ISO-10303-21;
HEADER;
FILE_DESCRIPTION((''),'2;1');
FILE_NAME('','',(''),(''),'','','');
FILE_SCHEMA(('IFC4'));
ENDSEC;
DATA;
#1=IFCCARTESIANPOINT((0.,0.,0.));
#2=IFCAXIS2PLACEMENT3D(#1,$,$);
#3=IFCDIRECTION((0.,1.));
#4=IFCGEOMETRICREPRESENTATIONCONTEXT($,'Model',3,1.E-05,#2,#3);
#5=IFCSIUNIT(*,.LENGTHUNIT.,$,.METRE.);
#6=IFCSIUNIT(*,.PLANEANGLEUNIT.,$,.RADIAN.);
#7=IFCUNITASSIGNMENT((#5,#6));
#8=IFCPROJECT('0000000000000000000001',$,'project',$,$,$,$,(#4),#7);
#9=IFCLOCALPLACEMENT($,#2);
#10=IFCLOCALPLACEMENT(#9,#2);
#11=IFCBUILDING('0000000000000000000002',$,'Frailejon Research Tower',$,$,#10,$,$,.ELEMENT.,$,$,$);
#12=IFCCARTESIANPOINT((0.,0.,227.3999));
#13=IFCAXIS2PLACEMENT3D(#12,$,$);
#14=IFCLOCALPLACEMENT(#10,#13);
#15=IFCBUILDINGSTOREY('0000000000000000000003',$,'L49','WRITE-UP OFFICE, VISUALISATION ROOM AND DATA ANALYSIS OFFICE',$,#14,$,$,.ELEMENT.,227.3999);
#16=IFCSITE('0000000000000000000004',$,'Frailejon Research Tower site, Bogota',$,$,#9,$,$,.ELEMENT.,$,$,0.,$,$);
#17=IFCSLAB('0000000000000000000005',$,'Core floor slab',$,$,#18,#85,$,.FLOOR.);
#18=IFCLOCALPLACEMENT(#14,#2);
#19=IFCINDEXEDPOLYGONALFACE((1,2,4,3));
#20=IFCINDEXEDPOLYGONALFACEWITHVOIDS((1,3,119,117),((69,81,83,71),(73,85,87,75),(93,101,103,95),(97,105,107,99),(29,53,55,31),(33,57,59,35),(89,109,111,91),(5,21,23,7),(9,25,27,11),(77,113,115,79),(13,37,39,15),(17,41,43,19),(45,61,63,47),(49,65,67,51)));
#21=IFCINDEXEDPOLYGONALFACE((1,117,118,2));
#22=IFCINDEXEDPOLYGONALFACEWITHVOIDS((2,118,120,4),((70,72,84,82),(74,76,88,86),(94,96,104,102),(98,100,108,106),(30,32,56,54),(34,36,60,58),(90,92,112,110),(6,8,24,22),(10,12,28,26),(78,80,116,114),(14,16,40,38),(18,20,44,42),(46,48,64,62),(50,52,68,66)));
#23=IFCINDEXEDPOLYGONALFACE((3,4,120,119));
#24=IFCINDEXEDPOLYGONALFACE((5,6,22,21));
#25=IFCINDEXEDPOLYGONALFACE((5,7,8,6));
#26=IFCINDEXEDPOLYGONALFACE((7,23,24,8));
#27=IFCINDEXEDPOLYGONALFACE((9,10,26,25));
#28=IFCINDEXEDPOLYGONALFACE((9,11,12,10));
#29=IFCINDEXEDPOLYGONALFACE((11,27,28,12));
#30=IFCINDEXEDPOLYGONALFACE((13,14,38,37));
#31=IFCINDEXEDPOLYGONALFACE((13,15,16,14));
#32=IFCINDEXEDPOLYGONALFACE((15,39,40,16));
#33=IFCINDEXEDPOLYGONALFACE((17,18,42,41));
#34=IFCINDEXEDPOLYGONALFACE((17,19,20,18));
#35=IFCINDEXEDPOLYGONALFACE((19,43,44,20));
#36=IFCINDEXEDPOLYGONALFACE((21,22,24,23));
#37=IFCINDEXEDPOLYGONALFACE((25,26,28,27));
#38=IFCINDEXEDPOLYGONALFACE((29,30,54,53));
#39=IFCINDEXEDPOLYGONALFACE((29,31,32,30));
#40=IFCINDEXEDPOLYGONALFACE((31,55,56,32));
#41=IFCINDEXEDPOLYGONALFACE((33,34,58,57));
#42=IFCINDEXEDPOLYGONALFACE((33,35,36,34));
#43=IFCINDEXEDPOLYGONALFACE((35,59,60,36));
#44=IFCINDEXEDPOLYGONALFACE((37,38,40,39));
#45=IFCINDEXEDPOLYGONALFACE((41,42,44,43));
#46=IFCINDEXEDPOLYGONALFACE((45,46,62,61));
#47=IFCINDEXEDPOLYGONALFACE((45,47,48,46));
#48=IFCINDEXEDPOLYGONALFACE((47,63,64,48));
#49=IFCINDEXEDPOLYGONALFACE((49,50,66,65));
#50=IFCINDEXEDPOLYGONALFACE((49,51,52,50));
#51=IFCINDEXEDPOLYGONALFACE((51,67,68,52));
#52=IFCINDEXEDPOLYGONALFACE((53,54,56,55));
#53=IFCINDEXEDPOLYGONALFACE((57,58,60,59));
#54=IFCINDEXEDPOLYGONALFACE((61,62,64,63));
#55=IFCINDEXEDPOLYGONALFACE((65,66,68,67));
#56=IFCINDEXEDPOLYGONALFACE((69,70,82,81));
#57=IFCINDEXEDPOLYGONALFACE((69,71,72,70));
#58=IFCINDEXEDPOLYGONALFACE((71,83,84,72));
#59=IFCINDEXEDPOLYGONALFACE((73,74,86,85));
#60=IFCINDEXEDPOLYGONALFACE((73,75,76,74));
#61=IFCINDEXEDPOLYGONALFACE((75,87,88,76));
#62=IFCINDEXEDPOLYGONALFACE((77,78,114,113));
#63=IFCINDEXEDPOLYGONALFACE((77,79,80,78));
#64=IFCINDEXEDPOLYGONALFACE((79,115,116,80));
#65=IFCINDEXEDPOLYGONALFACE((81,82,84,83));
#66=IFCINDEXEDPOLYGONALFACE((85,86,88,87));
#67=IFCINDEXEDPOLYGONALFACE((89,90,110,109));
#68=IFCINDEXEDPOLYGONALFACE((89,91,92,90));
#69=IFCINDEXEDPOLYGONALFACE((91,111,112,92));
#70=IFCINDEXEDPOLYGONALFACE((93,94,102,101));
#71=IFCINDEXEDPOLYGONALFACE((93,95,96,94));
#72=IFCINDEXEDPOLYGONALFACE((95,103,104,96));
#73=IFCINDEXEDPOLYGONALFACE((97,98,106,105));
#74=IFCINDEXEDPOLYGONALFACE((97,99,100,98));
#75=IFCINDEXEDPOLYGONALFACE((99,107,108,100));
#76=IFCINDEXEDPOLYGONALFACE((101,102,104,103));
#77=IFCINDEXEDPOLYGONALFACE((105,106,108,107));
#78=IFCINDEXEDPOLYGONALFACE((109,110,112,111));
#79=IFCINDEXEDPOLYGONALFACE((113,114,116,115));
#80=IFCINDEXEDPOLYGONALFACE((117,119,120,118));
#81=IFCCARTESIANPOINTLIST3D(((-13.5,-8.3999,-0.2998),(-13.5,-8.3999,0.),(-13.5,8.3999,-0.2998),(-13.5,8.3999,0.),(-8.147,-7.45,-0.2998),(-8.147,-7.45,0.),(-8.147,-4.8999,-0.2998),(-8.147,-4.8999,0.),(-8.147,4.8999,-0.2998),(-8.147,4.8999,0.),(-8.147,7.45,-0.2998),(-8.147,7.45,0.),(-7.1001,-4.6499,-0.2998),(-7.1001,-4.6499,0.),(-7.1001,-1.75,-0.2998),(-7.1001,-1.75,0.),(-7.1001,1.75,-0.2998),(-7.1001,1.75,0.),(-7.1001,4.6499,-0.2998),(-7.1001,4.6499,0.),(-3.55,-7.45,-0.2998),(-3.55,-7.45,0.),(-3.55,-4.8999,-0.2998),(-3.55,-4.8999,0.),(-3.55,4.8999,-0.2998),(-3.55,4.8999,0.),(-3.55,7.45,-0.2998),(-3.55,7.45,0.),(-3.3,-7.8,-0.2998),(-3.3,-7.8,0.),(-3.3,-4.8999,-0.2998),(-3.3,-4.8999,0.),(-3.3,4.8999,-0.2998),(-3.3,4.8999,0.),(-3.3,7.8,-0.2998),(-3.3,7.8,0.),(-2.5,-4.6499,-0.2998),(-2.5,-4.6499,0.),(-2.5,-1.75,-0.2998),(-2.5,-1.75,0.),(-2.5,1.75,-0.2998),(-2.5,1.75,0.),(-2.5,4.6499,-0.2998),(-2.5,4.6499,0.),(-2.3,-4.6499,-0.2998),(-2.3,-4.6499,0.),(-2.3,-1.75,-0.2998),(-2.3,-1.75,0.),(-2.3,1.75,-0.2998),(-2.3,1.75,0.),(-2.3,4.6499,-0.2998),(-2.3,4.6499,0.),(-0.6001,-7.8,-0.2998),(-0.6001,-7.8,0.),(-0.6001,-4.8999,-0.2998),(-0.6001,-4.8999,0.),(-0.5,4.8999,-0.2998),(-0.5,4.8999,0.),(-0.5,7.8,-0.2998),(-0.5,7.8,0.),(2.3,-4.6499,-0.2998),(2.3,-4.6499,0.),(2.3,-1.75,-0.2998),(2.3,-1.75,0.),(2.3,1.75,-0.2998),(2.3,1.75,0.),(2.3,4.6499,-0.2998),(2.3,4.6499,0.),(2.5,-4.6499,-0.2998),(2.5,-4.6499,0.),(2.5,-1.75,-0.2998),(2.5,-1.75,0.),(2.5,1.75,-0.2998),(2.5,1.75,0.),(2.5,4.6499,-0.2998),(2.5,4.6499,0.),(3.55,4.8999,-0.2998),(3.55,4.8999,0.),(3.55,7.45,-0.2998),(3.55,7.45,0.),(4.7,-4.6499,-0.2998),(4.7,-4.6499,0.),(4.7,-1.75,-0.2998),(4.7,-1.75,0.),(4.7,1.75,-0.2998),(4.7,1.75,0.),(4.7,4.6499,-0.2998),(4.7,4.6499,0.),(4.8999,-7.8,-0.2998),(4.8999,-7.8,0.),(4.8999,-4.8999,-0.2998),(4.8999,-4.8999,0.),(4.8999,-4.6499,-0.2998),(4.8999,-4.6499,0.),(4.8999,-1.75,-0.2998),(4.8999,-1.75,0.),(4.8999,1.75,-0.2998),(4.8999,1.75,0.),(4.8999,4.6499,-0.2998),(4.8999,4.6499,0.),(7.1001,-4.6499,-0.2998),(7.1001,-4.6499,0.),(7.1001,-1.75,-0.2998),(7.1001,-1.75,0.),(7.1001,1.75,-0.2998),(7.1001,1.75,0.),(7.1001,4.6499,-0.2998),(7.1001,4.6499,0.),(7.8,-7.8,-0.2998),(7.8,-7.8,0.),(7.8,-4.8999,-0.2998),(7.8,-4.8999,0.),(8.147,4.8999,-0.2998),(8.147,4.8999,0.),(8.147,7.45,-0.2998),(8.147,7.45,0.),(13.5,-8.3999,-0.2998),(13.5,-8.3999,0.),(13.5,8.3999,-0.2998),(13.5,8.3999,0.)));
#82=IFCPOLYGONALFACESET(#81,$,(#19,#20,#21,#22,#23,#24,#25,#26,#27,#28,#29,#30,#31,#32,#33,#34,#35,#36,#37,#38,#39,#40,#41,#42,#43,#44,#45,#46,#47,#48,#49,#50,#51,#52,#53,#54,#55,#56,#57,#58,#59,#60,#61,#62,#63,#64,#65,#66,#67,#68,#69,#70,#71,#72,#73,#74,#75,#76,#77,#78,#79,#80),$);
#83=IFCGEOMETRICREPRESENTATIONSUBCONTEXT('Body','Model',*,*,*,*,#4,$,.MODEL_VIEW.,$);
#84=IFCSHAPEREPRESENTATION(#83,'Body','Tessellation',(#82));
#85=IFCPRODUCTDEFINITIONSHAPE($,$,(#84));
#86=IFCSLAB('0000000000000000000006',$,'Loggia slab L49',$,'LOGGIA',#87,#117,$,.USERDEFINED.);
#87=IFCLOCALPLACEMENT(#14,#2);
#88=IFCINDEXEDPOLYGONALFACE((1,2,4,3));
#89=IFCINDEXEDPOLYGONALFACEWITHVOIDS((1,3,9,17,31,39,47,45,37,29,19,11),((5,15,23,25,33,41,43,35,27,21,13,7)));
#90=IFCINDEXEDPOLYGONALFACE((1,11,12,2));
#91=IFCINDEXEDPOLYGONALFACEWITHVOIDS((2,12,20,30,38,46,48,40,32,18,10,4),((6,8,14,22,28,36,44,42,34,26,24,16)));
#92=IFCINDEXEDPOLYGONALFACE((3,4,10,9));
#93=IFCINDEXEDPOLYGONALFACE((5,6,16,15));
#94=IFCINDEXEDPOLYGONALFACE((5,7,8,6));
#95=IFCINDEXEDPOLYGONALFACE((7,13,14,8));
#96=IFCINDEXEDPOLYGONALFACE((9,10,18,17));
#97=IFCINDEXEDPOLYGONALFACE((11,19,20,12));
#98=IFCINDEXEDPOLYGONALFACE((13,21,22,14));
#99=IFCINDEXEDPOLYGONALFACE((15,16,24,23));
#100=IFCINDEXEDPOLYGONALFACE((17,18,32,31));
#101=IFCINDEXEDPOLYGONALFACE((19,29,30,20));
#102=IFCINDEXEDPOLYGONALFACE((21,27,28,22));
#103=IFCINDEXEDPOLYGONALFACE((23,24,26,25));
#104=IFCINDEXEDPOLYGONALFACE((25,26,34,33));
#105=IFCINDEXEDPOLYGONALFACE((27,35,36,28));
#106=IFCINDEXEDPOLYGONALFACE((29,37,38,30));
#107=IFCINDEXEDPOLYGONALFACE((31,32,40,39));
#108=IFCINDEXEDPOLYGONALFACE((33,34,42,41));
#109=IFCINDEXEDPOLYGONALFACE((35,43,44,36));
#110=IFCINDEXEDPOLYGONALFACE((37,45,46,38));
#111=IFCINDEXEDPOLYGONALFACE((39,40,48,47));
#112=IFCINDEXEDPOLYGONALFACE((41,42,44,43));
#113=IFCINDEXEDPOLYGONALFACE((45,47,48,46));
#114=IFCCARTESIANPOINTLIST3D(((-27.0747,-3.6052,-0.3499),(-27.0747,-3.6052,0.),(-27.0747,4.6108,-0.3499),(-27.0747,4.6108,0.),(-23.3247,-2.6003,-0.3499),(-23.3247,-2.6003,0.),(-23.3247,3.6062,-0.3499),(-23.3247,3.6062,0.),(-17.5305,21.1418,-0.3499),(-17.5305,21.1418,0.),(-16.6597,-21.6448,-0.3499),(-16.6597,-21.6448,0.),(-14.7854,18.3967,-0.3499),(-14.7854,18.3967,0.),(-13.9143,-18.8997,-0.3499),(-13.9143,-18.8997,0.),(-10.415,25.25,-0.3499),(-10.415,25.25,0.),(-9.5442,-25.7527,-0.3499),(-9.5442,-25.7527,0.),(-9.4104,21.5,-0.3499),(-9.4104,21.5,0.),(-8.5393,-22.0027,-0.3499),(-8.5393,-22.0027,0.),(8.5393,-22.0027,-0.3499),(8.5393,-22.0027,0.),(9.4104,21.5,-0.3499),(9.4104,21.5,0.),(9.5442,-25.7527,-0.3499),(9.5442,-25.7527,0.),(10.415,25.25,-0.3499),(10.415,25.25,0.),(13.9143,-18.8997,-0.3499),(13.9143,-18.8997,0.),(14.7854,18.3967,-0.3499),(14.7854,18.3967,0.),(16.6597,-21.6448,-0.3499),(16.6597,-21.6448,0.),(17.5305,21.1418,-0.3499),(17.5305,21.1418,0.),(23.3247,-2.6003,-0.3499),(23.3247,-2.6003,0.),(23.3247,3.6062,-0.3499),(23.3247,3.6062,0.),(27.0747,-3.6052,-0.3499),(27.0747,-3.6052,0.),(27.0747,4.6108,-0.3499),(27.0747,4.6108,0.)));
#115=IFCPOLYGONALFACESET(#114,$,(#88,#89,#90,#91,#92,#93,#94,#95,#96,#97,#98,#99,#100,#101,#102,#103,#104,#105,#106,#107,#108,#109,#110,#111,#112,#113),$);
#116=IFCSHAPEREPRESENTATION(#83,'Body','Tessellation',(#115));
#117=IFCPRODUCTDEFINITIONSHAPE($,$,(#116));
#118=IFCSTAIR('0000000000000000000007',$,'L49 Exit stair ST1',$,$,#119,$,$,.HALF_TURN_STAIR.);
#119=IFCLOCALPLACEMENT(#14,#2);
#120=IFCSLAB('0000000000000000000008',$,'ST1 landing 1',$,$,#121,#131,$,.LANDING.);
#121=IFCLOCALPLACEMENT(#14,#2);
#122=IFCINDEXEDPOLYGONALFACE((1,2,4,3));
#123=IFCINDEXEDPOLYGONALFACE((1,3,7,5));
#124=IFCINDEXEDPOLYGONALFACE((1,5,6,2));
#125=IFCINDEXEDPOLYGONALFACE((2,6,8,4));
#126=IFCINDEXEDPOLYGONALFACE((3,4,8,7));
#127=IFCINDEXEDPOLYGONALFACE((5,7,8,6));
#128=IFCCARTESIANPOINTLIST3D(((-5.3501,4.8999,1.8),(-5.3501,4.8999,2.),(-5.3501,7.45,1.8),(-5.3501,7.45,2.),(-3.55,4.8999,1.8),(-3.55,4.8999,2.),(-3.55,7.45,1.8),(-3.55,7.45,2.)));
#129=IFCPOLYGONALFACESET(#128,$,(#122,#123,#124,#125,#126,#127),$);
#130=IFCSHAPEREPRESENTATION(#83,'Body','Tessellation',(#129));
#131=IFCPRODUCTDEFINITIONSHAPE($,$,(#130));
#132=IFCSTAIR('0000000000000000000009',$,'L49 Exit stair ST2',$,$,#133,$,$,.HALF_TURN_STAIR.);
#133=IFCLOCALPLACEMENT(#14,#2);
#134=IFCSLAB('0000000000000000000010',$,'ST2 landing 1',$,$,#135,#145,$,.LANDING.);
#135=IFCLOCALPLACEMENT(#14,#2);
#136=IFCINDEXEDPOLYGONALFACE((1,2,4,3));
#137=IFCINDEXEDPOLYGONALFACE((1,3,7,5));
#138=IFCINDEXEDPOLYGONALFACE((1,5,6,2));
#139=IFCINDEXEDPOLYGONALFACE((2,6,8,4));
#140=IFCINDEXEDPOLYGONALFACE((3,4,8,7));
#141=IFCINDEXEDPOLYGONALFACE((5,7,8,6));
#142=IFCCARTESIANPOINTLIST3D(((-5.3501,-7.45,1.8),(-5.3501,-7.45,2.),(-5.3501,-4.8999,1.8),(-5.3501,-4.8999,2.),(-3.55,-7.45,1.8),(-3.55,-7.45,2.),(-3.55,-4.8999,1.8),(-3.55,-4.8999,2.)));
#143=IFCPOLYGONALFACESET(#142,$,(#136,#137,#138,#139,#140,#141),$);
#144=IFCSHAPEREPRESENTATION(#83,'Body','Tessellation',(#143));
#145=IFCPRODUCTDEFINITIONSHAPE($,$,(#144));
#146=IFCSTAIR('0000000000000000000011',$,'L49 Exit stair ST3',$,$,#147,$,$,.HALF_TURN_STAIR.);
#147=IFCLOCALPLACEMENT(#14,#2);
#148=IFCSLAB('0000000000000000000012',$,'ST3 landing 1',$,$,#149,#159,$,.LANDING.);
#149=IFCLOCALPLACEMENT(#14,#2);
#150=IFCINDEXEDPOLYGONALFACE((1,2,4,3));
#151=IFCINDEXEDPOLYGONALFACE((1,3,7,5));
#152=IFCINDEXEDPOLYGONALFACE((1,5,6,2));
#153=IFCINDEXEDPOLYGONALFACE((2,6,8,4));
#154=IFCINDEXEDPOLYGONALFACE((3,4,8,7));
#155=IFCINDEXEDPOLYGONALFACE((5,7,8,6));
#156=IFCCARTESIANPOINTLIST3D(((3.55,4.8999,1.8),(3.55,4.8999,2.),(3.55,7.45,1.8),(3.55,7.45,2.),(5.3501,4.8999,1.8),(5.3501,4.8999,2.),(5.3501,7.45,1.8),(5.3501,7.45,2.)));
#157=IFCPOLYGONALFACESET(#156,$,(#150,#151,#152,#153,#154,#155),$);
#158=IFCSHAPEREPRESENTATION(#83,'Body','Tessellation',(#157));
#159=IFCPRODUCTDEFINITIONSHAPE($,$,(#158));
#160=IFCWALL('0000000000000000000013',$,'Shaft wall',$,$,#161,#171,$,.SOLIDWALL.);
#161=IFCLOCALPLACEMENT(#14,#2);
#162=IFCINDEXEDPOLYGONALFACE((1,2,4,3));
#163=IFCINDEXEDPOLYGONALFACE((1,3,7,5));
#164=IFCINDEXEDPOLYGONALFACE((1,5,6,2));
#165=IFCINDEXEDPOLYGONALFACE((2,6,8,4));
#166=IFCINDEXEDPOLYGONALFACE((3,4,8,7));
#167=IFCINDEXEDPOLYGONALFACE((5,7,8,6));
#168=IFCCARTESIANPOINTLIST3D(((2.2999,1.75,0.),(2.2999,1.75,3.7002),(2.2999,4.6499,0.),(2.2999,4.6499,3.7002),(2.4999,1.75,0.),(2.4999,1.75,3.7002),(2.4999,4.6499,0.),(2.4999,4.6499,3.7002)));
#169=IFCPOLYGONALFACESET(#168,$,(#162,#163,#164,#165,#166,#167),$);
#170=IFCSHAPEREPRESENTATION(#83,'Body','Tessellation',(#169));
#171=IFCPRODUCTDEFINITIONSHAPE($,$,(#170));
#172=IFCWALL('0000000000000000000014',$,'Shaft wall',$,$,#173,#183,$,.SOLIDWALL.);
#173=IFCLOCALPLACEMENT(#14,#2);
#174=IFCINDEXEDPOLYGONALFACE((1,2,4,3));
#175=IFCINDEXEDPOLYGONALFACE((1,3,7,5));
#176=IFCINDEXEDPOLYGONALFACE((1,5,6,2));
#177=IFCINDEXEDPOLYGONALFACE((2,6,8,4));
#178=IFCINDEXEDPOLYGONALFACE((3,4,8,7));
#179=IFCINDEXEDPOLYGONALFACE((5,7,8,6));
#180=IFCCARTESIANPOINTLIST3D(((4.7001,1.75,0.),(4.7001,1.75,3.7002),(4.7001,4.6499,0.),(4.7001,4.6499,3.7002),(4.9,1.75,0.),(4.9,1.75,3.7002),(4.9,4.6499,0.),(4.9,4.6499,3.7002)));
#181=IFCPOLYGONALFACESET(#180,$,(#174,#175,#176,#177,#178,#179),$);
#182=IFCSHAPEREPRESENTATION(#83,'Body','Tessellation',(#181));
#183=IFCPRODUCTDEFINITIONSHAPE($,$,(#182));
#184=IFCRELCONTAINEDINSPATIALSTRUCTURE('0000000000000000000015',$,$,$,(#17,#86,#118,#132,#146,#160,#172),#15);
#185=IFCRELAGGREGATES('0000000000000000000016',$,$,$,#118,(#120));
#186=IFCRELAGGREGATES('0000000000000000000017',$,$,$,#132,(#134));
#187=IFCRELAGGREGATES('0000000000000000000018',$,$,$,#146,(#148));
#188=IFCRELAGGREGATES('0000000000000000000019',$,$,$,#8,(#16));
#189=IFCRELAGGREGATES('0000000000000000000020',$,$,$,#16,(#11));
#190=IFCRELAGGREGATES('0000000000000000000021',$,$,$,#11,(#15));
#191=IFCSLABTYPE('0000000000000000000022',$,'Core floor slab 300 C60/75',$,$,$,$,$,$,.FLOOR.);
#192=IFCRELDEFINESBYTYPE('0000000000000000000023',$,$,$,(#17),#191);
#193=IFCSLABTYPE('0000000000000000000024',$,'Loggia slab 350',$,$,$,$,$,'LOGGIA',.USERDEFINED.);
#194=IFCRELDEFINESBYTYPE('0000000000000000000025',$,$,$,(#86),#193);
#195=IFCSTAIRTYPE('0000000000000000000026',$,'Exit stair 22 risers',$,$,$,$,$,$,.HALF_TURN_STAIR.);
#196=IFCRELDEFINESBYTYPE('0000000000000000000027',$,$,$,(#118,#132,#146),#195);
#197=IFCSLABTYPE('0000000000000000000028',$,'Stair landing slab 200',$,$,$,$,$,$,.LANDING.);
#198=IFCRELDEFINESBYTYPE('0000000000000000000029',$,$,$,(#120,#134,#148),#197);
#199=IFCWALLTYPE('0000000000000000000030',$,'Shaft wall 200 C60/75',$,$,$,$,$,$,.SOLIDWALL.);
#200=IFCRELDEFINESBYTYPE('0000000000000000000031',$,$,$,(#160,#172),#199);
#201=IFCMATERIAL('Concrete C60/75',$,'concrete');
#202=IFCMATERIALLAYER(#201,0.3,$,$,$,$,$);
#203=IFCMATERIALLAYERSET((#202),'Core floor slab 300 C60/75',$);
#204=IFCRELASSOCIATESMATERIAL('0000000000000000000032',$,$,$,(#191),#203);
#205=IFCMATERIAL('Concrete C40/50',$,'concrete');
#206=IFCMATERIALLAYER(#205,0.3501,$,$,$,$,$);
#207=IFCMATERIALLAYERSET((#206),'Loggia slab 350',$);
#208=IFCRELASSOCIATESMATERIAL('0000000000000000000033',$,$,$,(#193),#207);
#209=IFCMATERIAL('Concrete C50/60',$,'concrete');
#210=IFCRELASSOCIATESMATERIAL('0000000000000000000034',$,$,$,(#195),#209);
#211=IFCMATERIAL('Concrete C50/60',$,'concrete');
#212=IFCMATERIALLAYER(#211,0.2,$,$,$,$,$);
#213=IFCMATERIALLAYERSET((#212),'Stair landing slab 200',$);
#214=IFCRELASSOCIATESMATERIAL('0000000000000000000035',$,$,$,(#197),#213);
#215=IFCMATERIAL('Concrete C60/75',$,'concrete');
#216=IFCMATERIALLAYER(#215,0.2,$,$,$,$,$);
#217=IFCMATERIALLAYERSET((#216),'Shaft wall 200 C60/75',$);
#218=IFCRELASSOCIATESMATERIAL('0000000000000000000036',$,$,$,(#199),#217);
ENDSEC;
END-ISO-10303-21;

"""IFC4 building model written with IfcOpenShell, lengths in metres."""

from ifc_helpers import new_model, si_unit, direction, frame, frame_2d, origin, place, context, subcontext, project, spatial, polyline, rectangle, outline, extrude, material, layer, layer_set, type_object, element, aggregate, save


model = new_model("IFC4")

# Units and contexts
model_context = context("Model", 3, precision=1e-05, world=origin(), true_north=direction((0.0, 1.0)))
body_context = subcontext(model_context, "Body", "Model", "MODEL_VIEW")
ifc_project = project(units=[si_unit("LENGTHUNIT", "METRE"), si_unit("PLANEANGLEUNIT", "RADIAN")], contexts=[model_context])

# Site, building, storey
site_placement = place(None, origin())
site = spatial("IfcSite", under=ifc_project, at=site_placement, Name="Frailejon Research Tower site, Bogota", CompositionType="ELEMENT", RefElevation=0.0)
building_placement = place(site_placement, origin())
building = spatial("IfcBuilding", under=site, at=building_placement, Name="Frailejon Research Tower", CompositionType="ELEMENT")
storey_placement = place(building_placement, frame((0.0, 0.0, 227.3999)))
storey = spatial("IfcBuildingStorey", under=building, at=storey_placement, Name="L49", Description="WRITE-UP OFFICE, VISUALISATION ROOM AND DATA ANALYSIS OFFICE", CompositionType="ELEMENT", Elevation=227.3999)

# Slabs
ifc_material_1 = material(Name="Concrete C60/75", Category="concrete")
ifc_layer_1 = layer(ifc_material_1, 0.3)
ifc_layer_set_1 = layer_set([ifc_layer_1], Name="Core floor slab 300 C60/75")
slab_type_1 = type_object("IfcSlabType", Name="Core floor slab 300 C60/75", PredefinedType="FLOOR", material=ifc_layer_set_1)
slab_1_placement = place(storey_placement, frame((0.0, 0.0, -0.2998)))
element("IfcSlab", 1, at=slab_1_placement, inside=storey, type_object=slab_type_1, Name="Core floor slab", PredefinedType="FLOOR", context=body_context, shape_type="SweptSolid", body=[
    extrude(outline(polyline([(13.5, -8.3999), (13.5, 8.3999), (-13.5, 8.3999), (-13.5, -8.3999), (13.5, -8.3999)]), holes=[polyline([(-2.5, 1.75), (-2.5, 4.6499), (-7.1001, 4.6499), (-7.1001, 1.75), (-2.5, 1.75)]), polyline([(2.3, 1.75), (2.3, 4.6499), (-2.3, 4.6499), (-2.3, 1.75), (2.3, 1.75)]), polyline([(4.7, 1.75), (4.7, 4.6499), (2.5, 4.6499), (2.5, 1.75), (4.7, 1.75)]), polyline([(7.1001, 1.75), (7.1001, 4.6499), (4.8999, 4.6499), (4.8999, 1.75), (7.1001, 1.75)]), polyline([(-2.5, -4.6499), (-2.5, -1.75), (-7.1001, -1.75), (-7.1001, -4.6499), (-2.5, -4.6499)]), polyline([(2.3, -4.6499), (2.3, -1.75), (-2.3, -1.75), (-2.3, -4.6499), (2.3, -4.6499)]), polyline([(4.7, -4.6499), (4.7, -1.75), (2.5, -1.75), (2.5, -4.6499), (4.7, -4.6499)]), polyline([(7.1001, -4.6499), (7.1001, -1.75), (4.8999, -1.75), (4.8999, -4.6499), (7.1001, -4.6499)]), polyline([(-8.147, 4.8999), (-3.55, 4.8999), (-3.55, 7.45), (-8.147, 7.45), (-8.147, 4.8999)]), polyline([(-8.147, -7.45), (-3.55, -7.45), (-3.55, -4.8999), (-8.147, -4.8999), (-8.147, -7.45)]), polyline([(8.147, 7.45), (3.55, 7.45), (3.55, 4.8999), (8.147, 4.8999), (8.147, 7.45)]), polyline([(-0.6001, -7.8), (-0.6001, -4.8999), (-3.3, -4.8999), (-3.3, -7.8), (-0.6001, -7.8)]), polyline([(7.8, -7.8), (7.8, -4.8999), (4.8999, -4.8999), (4.8999, -7.8), (7.8, -7.8)]), polyline([(-0.5, 4.8999), (-0.5, 7.8), (-3.3, 7.8), (-3.3, 4.8999), (-0.5, 4.8999)])]), origin(), (0.0, 0.0, 1.0), 0.2998),
])
ifc_material_2 = material(Name="Concrete C40/50", Category="concrete")
ifc_layer_2 = layer(ifc_material_2, 0.3501)
ifc_layer_set_2 = layer_set([ifc_layer_2], Name="Loggia slab 350")
slab_type_2 = type_object("IfcSlabType", Name="Loggia slab 350", ElementType="LOGGIA", PredefinedType="USERDEFINED", material=ifc_layer_set_2)
slab_2_placement = place(storey_placement, frame((0.0, 0.0, -0.3499)))
element("IfcSlab", 2, at=slab_2_placement, inside=storey, type_object=slab_type_2, Name="Loggia slab L49", ObjectType="LOGGIA", PredefinedType="USERDEFINED", context=body_context, shape_type="SweptSolid", body=[
    extrude(outline(polyline([(16.6597, -21.6448), (9.5442, -25.7527), (-9.5442, -25.7527), (-16.6597, -21.6448), (-27.0747, -3.6052), (-27.0747, 4.6108), (-17.5305, 21.1418), (-10.415, 25.25), (10.415, 25.25), (17.5305, 21.1418), (27.0747, 4.6108), (27.0747, -3.6052), (16.6597, -21.6448)]), holes=[polyline([(23.3247, 3.6062), (14.7854, 18.3967), (9.4104, 21.5), (-9.4104, 21.5), (-14.7854, 18.3967), (-23.3247, 3.6062), (-23.3247, -2.6003), (-13.9143, -18.8997), (-8.5393, -22.0027), (8.5393, -22.0027), (13.9143, -18.8997), (23.3247, -2.6003), (23.3247, 3.6062)])]), origin(), (0.0, 0.0, 1.0), 0.3499),
])

# Stairs, slabs
ifc_material_3 = material(Name="Concrete C50/60", Category="concrete")
stair_type = type_object("IfcStairType", Name="Exit stair 22 risers", PredefinedType="HALF_TURN_STAIR", material=ifc_material_3)
stair_1_placement = place(storey_placement, origin())
stair_1 = element("IfcStair", 3, at=stair_1_placement, inside=storey, type_object=stair_type, Name="L49 Exit stair ST1", PredefinedType="HALF_TURN_STAIR")
ifc_material_4 = material(Name="Concrete C50/60", Category="concrete")
ifc_layer_3 = layer(ifc_material_4, 0.2)
ifc_layer_set_3 = layer_set([ifc_layer_3], Name="Stair landing slab 200")
slab_type_3 = type_object("IfcSlabType", Name="Stair landing slab 200", PredefinedType="LANDING", material=ifc_layer_set_3)
slab_3_placement = place(storey_placement, frame((0.0, 0.0, 1.8)))
slab_3 = element("IfcSlab", 4, at=slab_3_placement, type_object=slab_type_3, Name="ST1 landing 1", PredefinedType="LANDING", context=body_context, shape_type="SweptSolid", body=[
    extrude(outline(polyline([(-5.3501, 4.8999), (-3.55, 4.8999), (-3.55, 7.45), (-5.3501, 7.45), (-5.3501, 4.8999)])), origin(), (0.0, 0.0, 1.0), 0.2),
])
aggregate(stair_1, [slab_3])
stair_2_placement = place(storey_placement, origin())
stair_2 = element("IfcStair", 5, at=stair_2_placement, inside=storey, type_object=stair_type, Name="L49 Exit stair ST2", PredefinedType="HALF_TURN_STAIR")
slab_4_placement = place(storey_placement, frame((0.0, 0.0, 1.8)))
slab_4 = element("IfcSlab", 6, at=slab_4_placement, type_object=slab_type_3, Name="ST2 landing 1", PredefinedType="LANDING", context=body_context, shape_type="SweptSolid", body=[
    extrude(outline(polyline([(-5.3501, -7.45), (-3.55, -7.45), (-3.55, -4.8999), (-5.3501, -4.8999), (-5.3501, -7.45)])), origin(), (0.0, 0.0, 1.0), 0.2),
])
aggregate(stair_2, [slab_4])
stair_3_placement = place(storey_placement, origin())
stair_3 = element("IfcStair", 7, at=stair_3_placement, inside=storey, type_object=stair_type, Name="L49 Exit stair ST3", PredefinedType="HALF_TURN_STAIR")
slab_5_placement = place(storey_placement, frame((0.0, 0.0, 1.8)))
slab_5 = element("IfcSlab", 8, at=slab_5_placement, type_object=slab_type_3, Name="ST3 landing 1", PredefinedType="LANDING", context=body_context, shape_type="SweptSolid", body=[
    extrude(outline(polyline([(5.3501, 7.45), (3.55, 7.45), (3.55, 4.8999), (5.3501, 4.8999), (5.3501, 7.45)])), origin(), (0.0, 0.0, 1.0), 0.2),
])

# Walls
ifc_material_5 = material(Name="Concrete C60/75", Category="concrete")
ifc_layer_4 = layer(ifc_material_5, 0.2)
ifc_layer_set_4 = layer_set([ifc_layer_4], Name="Shaft wall 200 C60/75")
wall_type_1 = type_object("IfcWallType", Name="Shaft wall 200 C60/75", PredefinedType="SOLIDWALL", material=ifc_layer_set_4)
for number, where, z_axis, x_axis, name in (
    (9, (2.3999, 1.75, 0.0), (0.0, 0.0, 1.0), (0.0, 1.0, 0.0), "Shaft wall"),
    (10, (4.8, 1.75, 0.0), (0.0, 0.0, 1.0), (0.0, 1.0, 0.0), "Shaft wall"),
):
    element("IfcWall", number, at=place(storey_placement, frame(where, z_axis=z_axis, x_axis=x_axis)), inside=storey, type_object=wall_type_1, Name=name, PredefinedType="SOLIDWALL", context=body_context, shape_type="SweptSolid", body=[
        extrude(rectangle(XDim=2.8999, YDim=0.2, at=frame_2d((1.45, 0.0))), origin(), (0.0, 0.0, 1.0), 3.7002),
    ])

aggregate(stair_3, [slab_5])

save(model, "model.ifc")
